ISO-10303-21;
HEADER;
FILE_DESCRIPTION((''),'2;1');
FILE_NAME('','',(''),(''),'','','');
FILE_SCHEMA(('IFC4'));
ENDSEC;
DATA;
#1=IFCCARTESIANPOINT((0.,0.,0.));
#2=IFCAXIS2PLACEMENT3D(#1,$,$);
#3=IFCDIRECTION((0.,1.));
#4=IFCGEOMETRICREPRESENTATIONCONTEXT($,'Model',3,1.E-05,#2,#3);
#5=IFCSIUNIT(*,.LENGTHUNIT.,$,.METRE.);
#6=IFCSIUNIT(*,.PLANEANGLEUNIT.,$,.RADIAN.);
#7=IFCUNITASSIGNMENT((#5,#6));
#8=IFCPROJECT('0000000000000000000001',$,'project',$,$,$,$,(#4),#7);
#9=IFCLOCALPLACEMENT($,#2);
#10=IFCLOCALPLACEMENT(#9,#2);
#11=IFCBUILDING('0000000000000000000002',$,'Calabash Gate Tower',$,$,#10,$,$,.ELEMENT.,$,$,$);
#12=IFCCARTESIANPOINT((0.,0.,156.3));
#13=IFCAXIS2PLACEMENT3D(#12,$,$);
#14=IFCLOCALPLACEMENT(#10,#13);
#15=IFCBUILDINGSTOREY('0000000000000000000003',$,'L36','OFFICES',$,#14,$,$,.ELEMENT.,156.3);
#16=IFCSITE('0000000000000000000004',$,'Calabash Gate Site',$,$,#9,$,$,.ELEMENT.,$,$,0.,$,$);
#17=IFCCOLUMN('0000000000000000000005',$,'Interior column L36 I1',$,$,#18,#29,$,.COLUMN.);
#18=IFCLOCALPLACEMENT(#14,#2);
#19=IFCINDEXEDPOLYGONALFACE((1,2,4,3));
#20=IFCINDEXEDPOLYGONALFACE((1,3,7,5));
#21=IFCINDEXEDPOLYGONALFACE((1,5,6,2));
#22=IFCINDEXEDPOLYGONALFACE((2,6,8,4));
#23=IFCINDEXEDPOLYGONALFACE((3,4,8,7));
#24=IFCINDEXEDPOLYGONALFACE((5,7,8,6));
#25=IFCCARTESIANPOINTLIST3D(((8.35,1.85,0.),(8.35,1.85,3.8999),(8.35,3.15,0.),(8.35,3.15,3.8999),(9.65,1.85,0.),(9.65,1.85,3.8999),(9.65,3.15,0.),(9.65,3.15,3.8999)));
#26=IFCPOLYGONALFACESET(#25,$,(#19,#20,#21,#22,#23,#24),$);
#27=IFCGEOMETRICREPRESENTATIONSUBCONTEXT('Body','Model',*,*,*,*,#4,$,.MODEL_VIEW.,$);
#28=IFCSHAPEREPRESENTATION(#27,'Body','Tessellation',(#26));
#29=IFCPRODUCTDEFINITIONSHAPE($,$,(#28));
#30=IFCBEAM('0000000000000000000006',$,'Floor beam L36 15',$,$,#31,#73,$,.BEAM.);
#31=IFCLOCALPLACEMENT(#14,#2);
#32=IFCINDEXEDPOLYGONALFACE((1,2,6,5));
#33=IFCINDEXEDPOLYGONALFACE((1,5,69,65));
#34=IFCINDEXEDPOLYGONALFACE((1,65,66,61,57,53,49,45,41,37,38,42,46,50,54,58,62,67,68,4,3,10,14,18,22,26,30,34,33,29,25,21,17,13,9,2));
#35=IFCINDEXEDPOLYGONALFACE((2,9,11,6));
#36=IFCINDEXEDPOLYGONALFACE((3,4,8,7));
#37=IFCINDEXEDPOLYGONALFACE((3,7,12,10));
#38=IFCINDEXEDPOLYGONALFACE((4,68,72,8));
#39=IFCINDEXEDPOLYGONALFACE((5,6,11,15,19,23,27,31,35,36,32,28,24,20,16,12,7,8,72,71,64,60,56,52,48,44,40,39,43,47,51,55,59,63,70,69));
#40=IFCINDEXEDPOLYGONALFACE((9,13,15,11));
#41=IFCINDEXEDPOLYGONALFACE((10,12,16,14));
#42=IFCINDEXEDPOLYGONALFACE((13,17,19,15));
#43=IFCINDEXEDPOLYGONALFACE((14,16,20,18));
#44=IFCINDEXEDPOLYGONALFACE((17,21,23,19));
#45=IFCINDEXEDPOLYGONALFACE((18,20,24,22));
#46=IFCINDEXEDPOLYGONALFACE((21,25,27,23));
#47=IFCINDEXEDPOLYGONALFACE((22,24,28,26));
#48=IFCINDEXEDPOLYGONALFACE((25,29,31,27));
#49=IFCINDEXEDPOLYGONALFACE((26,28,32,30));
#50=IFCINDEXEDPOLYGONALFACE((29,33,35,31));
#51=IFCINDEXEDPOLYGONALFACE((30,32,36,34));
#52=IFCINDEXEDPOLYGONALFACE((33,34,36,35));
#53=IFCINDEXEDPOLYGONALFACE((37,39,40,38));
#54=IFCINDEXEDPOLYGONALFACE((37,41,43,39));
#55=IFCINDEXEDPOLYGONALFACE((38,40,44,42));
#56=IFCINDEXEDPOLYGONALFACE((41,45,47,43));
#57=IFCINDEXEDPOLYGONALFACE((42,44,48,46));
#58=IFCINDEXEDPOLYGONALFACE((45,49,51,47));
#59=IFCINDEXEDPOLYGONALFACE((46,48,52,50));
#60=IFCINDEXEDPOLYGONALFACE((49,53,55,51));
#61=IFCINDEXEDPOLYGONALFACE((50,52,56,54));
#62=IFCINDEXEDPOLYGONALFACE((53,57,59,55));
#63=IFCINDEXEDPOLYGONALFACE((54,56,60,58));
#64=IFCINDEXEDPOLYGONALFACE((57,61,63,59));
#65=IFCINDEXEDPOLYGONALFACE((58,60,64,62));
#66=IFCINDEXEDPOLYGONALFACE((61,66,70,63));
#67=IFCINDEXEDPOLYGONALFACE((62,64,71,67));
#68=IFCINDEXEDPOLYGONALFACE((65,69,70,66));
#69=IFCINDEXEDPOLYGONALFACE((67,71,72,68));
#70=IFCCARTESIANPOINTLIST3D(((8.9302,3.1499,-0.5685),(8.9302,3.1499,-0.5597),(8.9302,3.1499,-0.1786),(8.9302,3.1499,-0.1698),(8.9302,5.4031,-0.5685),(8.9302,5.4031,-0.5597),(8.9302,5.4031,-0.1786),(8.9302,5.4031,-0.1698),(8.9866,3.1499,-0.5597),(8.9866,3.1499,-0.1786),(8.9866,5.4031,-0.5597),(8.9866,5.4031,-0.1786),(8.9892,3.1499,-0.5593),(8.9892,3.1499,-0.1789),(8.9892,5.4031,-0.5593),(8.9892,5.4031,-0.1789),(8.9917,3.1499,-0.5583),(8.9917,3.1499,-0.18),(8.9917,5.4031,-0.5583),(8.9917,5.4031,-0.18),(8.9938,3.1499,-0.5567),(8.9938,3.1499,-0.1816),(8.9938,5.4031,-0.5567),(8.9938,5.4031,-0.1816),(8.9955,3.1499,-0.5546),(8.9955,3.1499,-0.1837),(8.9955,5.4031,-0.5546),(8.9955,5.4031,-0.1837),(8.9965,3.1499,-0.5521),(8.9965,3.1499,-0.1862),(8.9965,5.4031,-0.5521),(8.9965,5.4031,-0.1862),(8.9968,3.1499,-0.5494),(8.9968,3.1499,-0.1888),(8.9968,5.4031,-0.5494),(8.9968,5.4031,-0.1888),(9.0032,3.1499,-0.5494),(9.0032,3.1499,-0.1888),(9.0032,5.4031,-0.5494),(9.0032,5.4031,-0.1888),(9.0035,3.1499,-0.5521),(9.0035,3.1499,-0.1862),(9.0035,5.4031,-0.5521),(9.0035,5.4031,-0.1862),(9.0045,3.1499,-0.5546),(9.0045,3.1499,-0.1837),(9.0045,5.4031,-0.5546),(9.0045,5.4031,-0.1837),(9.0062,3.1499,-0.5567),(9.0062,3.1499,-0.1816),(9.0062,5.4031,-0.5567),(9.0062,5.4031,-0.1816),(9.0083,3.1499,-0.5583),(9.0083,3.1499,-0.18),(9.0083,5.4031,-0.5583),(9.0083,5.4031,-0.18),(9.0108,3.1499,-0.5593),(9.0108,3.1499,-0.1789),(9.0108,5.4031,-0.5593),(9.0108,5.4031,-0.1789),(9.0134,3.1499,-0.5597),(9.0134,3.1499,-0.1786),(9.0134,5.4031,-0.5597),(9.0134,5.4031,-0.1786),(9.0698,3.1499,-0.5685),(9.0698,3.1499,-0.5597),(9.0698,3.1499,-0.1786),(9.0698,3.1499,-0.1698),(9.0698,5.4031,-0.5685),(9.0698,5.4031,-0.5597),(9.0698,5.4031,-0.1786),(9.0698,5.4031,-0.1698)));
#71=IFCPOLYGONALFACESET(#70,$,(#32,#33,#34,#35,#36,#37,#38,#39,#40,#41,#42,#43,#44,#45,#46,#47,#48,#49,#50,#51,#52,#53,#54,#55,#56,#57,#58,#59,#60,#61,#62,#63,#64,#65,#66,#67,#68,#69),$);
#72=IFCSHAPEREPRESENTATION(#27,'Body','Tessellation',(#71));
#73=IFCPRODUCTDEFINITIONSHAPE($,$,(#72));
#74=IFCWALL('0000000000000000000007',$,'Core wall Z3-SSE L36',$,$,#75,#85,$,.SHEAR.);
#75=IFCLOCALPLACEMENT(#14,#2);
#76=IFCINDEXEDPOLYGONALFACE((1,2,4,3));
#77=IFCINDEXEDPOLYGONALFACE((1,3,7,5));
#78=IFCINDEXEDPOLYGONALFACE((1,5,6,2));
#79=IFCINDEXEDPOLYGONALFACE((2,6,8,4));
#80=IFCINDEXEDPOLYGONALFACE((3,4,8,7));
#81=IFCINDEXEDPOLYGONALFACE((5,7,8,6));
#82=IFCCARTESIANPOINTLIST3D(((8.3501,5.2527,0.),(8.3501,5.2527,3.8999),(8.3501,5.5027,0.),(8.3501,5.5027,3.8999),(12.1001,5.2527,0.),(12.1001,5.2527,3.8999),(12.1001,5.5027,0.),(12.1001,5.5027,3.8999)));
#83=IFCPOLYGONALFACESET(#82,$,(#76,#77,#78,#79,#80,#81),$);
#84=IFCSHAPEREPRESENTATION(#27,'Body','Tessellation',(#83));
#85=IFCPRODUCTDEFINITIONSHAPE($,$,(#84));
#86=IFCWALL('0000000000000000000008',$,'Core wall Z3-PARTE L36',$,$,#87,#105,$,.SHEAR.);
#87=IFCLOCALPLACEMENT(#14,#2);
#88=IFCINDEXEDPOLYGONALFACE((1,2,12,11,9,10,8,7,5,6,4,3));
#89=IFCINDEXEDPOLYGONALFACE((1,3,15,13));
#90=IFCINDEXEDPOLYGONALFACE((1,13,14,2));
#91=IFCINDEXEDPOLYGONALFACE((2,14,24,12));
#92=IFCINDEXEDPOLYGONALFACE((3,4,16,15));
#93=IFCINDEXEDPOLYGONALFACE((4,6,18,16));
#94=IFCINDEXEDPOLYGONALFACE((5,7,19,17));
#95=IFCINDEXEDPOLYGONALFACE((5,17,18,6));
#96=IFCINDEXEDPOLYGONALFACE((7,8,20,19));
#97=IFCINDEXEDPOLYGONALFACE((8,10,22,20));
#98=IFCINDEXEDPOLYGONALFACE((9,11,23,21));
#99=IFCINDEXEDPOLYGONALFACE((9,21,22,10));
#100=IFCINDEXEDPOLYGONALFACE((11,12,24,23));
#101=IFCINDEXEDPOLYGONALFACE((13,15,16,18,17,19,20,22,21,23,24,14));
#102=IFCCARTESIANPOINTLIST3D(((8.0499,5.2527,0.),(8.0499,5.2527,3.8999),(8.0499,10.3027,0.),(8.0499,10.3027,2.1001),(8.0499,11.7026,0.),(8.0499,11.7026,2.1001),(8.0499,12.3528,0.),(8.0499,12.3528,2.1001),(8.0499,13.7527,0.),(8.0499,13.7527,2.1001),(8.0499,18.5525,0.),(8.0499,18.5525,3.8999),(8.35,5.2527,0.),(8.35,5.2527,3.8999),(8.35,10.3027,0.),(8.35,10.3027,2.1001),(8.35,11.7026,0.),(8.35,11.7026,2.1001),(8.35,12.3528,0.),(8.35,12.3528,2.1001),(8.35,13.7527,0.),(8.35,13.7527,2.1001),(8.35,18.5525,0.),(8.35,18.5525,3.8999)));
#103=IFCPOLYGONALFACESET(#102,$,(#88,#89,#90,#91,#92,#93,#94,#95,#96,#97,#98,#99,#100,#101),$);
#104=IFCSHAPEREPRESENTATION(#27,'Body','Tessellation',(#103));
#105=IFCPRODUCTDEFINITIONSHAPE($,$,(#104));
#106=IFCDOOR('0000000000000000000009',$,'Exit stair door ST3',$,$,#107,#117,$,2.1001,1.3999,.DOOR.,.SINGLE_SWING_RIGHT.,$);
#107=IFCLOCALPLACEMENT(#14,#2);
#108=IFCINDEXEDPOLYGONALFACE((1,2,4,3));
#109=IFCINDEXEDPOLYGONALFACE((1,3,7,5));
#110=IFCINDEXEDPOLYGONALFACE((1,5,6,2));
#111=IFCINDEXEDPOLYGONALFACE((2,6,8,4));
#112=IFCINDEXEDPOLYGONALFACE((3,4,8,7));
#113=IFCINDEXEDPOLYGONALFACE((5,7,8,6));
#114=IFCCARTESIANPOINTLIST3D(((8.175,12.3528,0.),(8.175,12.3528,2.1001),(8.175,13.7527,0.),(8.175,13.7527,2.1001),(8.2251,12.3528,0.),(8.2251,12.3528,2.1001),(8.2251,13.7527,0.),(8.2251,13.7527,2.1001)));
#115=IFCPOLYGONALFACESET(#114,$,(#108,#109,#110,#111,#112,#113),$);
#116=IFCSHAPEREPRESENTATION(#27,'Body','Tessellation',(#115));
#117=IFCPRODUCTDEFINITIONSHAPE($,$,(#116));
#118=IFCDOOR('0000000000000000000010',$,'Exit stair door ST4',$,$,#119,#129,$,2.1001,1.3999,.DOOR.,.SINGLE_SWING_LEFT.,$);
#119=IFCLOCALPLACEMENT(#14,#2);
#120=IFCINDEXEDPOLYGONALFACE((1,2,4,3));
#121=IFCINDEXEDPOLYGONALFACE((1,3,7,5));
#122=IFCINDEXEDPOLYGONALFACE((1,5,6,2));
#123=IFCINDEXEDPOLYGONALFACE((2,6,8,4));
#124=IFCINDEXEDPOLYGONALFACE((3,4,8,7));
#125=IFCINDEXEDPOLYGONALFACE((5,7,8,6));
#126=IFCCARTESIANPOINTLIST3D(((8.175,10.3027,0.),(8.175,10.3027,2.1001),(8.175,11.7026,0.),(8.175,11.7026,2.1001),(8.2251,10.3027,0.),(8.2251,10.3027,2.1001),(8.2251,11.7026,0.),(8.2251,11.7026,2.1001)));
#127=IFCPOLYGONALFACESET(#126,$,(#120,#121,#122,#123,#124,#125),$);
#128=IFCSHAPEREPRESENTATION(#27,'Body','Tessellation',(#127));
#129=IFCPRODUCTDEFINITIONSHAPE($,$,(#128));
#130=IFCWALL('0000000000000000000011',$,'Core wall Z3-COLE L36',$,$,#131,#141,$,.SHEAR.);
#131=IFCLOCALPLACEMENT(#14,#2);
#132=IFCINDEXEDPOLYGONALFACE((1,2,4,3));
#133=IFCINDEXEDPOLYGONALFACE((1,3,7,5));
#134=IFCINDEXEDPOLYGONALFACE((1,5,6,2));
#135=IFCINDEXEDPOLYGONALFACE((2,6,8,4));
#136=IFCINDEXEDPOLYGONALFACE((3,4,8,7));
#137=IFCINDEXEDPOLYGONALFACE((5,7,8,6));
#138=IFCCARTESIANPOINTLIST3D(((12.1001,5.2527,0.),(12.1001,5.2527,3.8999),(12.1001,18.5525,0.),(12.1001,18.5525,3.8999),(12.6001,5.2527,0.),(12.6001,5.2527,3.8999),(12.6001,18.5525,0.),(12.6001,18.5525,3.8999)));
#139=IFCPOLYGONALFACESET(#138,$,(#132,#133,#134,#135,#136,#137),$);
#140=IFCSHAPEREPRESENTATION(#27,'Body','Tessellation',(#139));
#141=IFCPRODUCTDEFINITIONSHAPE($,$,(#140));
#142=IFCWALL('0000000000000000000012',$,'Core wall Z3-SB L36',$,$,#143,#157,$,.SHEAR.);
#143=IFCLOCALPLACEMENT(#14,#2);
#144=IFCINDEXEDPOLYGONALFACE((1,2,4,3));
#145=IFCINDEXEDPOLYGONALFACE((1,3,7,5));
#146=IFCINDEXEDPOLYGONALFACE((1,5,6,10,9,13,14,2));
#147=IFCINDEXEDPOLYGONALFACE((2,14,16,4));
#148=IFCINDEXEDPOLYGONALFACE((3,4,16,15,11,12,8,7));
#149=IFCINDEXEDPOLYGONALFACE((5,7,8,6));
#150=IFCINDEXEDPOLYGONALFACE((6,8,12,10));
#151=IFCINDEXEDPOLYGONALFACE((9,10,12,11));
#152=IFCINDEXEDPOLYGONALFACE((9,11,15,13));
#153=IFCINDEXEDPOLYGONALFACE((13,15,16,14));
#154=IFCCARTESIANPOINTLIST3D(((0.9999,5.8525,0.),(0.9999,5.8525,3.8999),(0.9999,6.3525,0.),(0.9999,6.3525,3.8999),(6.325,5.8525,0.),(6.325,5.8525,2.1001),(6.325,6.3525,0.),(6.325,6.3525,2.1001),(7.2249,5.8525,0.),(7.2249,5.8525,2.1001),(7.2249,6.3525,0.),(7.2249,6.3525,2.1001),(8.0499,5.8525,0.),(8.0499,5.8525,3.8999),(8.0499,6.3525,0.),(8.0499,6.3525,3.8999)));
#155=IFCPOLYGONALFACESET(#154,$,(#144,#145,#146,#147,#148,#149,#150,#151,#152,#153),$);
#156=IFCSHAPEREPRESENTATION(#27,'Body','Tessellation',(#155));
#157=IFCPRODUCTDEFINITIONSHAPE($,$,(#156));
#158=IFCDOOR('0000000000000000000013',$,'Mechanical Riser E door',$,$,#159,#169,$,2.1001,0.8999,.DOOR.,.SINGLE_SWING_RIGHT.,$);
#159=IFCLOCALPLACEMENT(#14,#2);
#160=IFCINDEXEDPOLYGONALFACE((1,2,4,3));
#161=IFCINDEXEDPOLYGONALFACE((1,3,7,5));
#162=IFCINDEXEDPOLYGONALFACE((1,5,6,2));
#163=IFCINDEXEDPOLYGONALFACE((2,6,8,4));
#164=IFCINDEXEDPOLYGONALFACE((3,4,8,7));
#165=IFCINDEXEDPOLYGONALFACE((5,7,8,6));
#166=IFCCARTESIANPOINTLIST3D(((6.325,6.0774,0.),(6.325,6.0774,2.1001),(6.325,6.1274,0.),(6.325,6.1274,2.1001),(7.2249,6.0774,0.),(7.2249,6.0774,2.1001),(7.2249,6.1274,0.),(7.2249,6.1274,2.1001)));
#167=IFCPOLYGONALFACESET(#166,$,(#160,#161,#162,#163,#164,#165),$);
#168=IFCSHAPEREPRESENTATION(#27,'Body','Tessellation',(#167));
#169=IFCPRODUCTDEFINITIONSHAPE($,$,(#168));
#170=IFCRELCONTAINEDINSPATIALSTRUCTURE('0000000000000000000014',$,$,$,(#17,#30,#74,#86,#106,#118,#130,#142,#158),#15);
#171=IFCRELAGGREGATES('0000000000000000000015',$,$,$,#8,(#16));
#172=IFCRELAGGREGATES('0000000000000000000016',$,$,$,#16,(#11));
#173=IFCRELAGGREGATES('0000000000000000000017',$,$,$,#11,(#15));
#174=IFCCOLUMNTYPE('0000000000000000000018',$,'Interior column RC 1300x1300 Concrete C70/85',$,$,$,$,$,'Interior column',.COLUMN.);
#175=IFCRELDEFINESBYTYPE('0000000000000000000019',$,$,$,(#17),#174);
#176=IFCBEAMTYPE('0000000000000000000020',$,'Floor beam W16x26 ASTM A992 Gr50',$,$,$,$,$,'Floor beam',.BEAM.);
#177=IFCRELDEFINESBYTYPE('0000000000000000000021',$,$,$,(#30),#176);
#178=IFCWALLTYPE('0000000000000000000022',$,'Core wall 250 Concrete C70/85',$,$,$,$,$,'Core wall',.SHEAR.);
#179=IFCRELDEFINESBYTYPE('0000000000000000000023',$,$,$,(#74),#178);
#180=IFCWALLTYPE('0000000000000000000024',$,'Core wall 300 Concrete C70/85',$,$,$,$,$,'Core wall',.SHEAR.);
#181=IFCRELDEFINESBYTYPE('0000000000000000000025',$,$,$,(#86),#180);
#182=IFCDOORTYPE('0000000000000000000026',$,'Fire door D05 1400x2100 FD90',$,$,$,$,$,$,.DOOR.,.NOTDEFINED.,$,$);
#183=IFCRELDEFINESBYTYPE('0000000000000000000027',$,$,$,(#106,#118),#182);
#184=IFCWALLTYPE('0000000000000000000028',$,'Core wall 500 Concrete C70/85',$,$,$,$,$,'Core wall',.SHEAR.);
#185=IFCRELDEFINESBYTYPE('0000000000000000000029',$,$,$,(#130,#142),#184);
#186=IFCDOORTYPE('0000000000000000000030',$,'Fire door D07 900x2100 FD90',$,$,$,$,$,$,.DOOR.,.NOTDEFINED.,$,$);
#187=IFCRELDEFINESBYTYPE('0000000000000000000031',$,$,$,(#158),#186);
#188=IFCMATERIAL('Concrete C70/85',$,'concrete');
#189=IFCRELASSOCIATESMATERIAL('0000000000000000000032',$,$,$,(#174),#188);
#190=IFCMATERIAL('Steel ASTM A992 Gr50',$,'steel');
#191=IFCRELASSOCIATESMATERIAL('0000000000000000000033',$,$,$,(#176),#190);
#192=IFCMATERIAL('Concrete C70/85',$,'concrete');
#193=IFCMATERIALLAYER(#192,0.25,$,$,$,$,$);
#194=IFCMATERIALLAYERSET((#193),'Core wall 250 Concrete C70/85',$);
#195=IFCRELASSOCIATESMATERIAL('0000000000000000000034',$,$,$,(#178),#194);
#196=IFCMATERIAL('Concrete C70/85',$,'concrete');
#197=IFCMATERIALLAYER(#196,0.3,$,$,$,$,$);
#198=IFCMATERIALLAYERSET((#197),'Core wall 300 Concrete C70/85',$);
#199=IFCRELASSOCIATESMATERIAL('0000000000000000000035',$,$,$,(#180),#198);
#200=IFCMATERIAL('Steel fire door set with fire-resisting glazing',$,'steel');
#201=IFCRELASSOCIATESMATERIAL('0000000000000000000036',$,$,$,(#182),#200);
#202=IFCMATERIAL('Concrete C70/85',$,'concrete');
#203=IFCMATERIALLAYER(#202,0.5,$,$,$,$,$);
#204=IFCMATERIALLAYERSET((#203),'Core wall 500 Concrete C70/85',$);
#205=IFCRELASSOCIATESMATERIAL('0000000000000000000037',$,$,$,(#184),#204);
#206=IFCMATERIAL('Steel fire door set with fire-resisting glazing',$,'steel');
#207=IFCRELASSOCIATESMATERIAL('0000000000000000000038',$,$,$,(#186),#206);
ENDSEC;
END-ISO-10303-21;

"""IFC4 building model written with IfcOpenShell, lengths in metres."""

from ifc_helpers import new_model, si_unit, direction, frame, frame_2d, origin, origin_2d, place, context, subcontext, project, spatial, rectangle, i_section, extrude, material, layer, layer_set, material_profile, profile_set, type_object, element, fill, save


model = new_model("IFC4")

# Units and contexts
model_context = context("Model", 3, precision=1e-05, world=origin(), true_north=direction((0.0, 1.0)))
body_context = subcontext(model_context, "Body", "Model", "MODEL_VIEW")
ifc_project = project(units=[si_unit("LENGTHUNIT", "METRE"), si_unit("PLANEANGLEUNIT", "RADIAN")], contexts=[model_context])

# Site, building, storey
site_placement = place(None, origin())
site = spatial("IfcSite", under=ifc_project, at=site_placement, Name="Calabash Gate Site", CompositionType="ELEMENT", RefElevation=0.0)
building_placement = place(site_placement, origin())
building = spatial("IfcBuilding", under=site, at=building_placement, Name="Calabash Gate Tower", CompositionType="ELEMENT")
storey_placement = place(building_placement, frame((0.0, 0.0, 156.3)))
storey = spatial("IfcBuildingStorey", under=building, at=storey_placement, Name="L36", Description="OFFICES", CompositionType="ELEMENT", Elevation=156.3)

# Column
ifc_material_1 = material(Name="Concrete C70/85", Category="concrete")
ifc_material_profile_1 = material_profile(ifc_material_1, rectangle(XDim=1.3, YDim=1.3, at=origin_2d()))
ifc_profile_set_1 = profile_set([ifc_material_profile_1], Name="Concrete C70/85")
column_type = type_object("IfcColumnType", Name="Interior column RC 1300x1300 Concrete C70/85", ElementType="Interior column", PredefinedType="COLUMN", material=ifc_profile_set_1)
column_placement = place(storey_placement, frame((9.0, 2.5, 0.0), z_axis=(0.0, 0.0, 1.0), x_axis=(1.0, 0.0, 0.0)))
element("IfcColumn", 1, at=column_placement, inside=storey, type_object=column_type, Name="Interior column L36 I1", PredefinedType="COLUMN", context=body_context, shape_type="SweptSolid", body=[
    extrude(rectangle(XDim=1.3, YDim=1.3, at=origin_2d()), origin(), (0.0, 0.0, 1.0), 3.8999),
])

# Beam
ifc_material_2 = material(Name="Steel ASTM A992 Gr50", Category="steel")
ifc_material_profile_2 = material_profile(ifc_material_2, i_section(OverallWidth=0.1396, OverallDepth=0.3987, WebThickness=0.0063, FlangeThickness=0.0088, FilletRadius=0.0103, at=origin_2d()))
ifc_profile_set_2 = profile_set([ifc_material_profile_2], Name="Steel ASTM A992 Gr50")
beam_type = type_object("IfcBeamType", Name="Floor beam W16x26 ASTM A992 Gr50", ElementType="Floor beam", PredefinedType="BEAM", material=ifc_profile_set_2)
beam_placement = place(storey_placement, frame((9.0, 3.1499, -0.3691), z_axis=(0.0, 1.0, 0.0), x_axis=(-1.0, 0.0, 0.0)))
element("IfcBeam", 2, at=beam_placement, inside=storey, type_object=beam_type, Name="Floor beam L36 15", PredefinedType="BEAM", context=body_context, shape_type="SweptSolid", body=[
    extrude(i_section(OverallWidth=0.1396, OverallDepth=0.3987, WebThickness=0.0063, FlangeThickness=0.0088, FilletRadius=0.0103, at=origin_2d()), origin(), (0.0, 0.0, 1.0), 2.2532),
])

# Wall
ifc_material_3 = material(Name="Concrete C70/85", Category="concrete")
ifc_layer_1 = layer(ifc_material_3, 0.25)
ifc_layer_set_1 = layer_set([ifc_layer_1], Name="Core wall 250 Concrete C70/85")
wall_type_1 = type_object("IfcWallType", Name="Core wall 250 Concrete C70/85", ElementType="Core wall", PredefinedType="SHEAR", material=ifc_layer_set_1)
wall_1_placement = place(storey_placement, frame((8.3501, 5.3777, 0.0), z_axis=(0.0, 0.0, 1.0), x_axis=(1.0, 0.0, 0.0)))
element("IfcWall", 3, at=wall_1_placement, inside=storey, type_object=wall_type_1, Name="Core wall Z3-SSE L36", PredefinedType="SHEAR", context=body_context, shape_type="SweptSolid", body=[
    extrude(rectangle(XDim=3.75, YDim=0.25, at=frame_2d((1.875, 0.0))), origin(), (0.0, 0.0, 1.0), 3.8999),
])

# Wall, openings, doors
ifc_material_4 = material(Name="Concrete C70/85", Category="concrete")
ifc_layer_2 = layer(ifc_material_4, 0.3)
ifc_layer_set_2 = layer_set([ifc_layer_2], Name="Core wall 300 Concrete C70/85")
wall_type_2 = type_object("IfcWallType", Name="Core wall 300 Concrete C70/85", ElementType="Core wall", PredefinedType="SHEAR", material=ifc_layer_set_2)
wall_2_placement = place(storey_placement, frame((8.2, 5.2527, 0.0), z_axis=(0.0, 0.0, 1.0), x_axis=(0.0, 1.0, 0.0)))
wall_2 = element("IfcWall", 4, at=wall_2_placement, inside=storey, type_object=wall_type_2, Name="Core wall Z3-PARTE L36", PredefinedType="SHEAR", context=body_context, shape_type="SweptSolid", body=[
    extrude(rectangle(XDim=13.2998, YDim=0.3, at=frame_2d((6.6499, 0.0))), origin(), (0.0, 0.0, 1.0), 3.8999),
])
opening_1_placement = place(wall_2_placement, frame((7.1001, 0.0, 0.0)))
opening_1 = element("IfcOpeningElement", 5, at=opening_1_placement, cuts=wall_2, PredefinedType="OPENING", context=body_context, shape_type="SweptSolid", body=[
    extrude(rectangle(XDim=1.3999, YDim=2.1001, at=frame_2d((0.7, 1.05))), frame((0.0, 0.1599, 0.0), z_axis=(0.0, -1.0, 0.0), x_axis=(1.0, 0.0, 0.0)), (0.0, 0.0, 1.0), 0.3201),
])
opening_2_placement = place(wall_2_placement, frame((5.05, 0.0, 0.0)))
opening_2 = element("IfcOpeningElement", 6, at=opening_2_placement, cuts=wall_2, PredefinedType="OPENING", context=body_context, shape_type="SweptSolid", body=[
    extrude(rectangle(XDim=1.3999, YDim=2.1001, at=frame_2d((0.7, 1.05))), frame((0.0, 0.1599, 0.0), z_axis=(0.0, -1.0, 0.0), x_axis=(1.0, 0.0, 0.0)), (0.0, 0.0, 1.0), 0.3201),
])
ifc_material_5 = material(Name="Steel fire door set with fire-resisting glazing", Category="steel")
door_type_1 = type_object("IfcDoorType", Name="Fire door D05 1400x2100 FD90", OperationType="NOTDEFINED", PredefinedType="DOOR", material=ifc_material_5)
door_1_placement = place(opening_1_placement, origin())
door_1 = element("IfcDoor", 7, at=door_1_placement, inside=storey, type_object=door_type_1, Name="Exit stair door ST3", OperationType="SINGLE_SWING_RIGHT", OverallHeight=2.1001, OverallWidth=1.3999, PredefinedType="DOOR", context=body_context, shape_type="SweptSolid", body=[
    extrude(rectangle(XDim=1.3999, YDim=2.1001, at=frame_2d((0.7, 1.05))), frame((0.0, 0.0249, 0.0), z_axis=(0.0, -1.0, 0.0), x_axis=(1.0, 0.0, 0.0)), (0.0, 0.0, 1.0), 0.05),
])
fill(opening_1, door_1)
door_2_placement = place(opening_2_placement, origin())
door_2 = element("IfcDoor", 8, at=door_2_placement, inside=storey, type_object=door_type_1, Name="Exit stair door ST4", OperationType="SINGLE_SWING_LEFT", OverallHeight=2.1001, OverallWidth=1.3999, PredefinedType="DOOR", context=body_context, shape_type="SweptSolid", body=[
    extrude(rectangle(XDim=1.3999, YDim=2.1001, at=frame_2d((0.7, 1.05))), frame((0.0, 0.0249, 0.0), z_axis=(0.0, -1.0, 0.0), x_axis=(1.0, 0.0, 0.0)), (0.0, 0.0, 1.0), 0.05),
])
fill(opening_2, door_2)

# Wall
ifc_material_6 = material(Name="Concrete C70/85", Category="concrete")
ifc_layer_3 = layer(ifc_material_6, 0.5)
ifc_layer_set_3 = layer_set([ifc_layer_3], Name="Core wall 500 Concrete C70/85")
wall_type_3 = type_object("IfcWallType", Name="Core wall 500 Concrete C70/85", ElementType="Core wall", PredefinedType="SHEAR", material=ifc_layer_set_3)
wall_3_placement = place(storey_placement, frame((12.3501, 5.2527, 0.0), z_axis=(0.0, 0.0, 1.0), x_axis=(0.0, 1.0, 0.0)))
element("IfcWall", 9, at=wall_3_placement, inside=storey, type_object=wall_type_3, Name="Core wall Z3-COLE L36", PredefinedType="SHEAR", context=body_context, shape_type="SweptSolid", body=[
    extrude(rectangle(XDim=13.2998, YDim=0.5, at=frame_2d((6.6499, 0.0))), origin(), (0.0, 0.0, 1.0), 3.8999),
])

# Wall, opening, door
wall_4_placement = place(storey_placement, frame((1.0, 6.1025, 0.0), z_axis=(0.0, 0.0, 1.0), x_axis=(1.0, 0.0, 0.0)))
wall_4 = element("IfcWall", 10, at=wall_4_placement, inside=storey, type_object=wall_type_3, Name="Core wall Z3-SB L36", PredefinedType="SHEAR", context=body_context, shape_type="SweptSolid", body=[
    extrude(rectangle(XDim=7.05, YDim=0.5, at=frame_2d((3.5249, 0.0))), origin(), (0.0, 0.0, 1.0), 3.8999),
])
opening_3_placement = place(wall_4_placement, frame((5.325, 0.0, 0.0)))
opening_3 = element("IfcOpeningElement", 11, at=opening_3_placement, cuts=wall_4, PredefinedType="OPENING", context=body_context, shape_type="SweptSolid", body=[
    extrude(rectangle(XDim=0.8999, YDim=2.1001, at=frame_2d((0.45, 1.05))), frame((0.0, 0.26, 0.0), z_axis=(0.0, -1.0, 0.0), x_axis=(1.0, 0.0, 0.0)), (0.0, 0.0, 1.0), 0.52),
])
ifc_material_7 = material(Name="Steel fire door set with fire-resisting glazing", Category="steel")
door_type_2 = type_object("IfcDoorType", Name="Fire door D07 900x2100 FD90", OperationType="NOTDEFINED", PredefinedType="DOOR", material=ifc_material_7)
door_3_placement = place(opening_3_placement, origin())
door_3 = element("IfcDoor", 12, at=door_3_placement, inside=storey, type_object=door_type_2, Name="Mechanical Riser E door", OperationType="SINGLE_SWING_RIGHT", OverallHeight=2.1001, OverallWidth=0.8999, PredefinedType="DOOR", context=body_context, shape_type="SweptSolid", body=[
    extrude(rectangle(XDim=0.8999, YDim=2.1001, at=frame_2d((0.45, 1.05))), frame((0.0, 0.0249, 0.0), z_axis=(0.0, -1.0, 0.0), x_axis=(1.0, 0.0, 0.0)), (0.0, 0.0, 1.0), 0.05),
])
fill(opening_3, door_3)

save(model, "model.ifc")
